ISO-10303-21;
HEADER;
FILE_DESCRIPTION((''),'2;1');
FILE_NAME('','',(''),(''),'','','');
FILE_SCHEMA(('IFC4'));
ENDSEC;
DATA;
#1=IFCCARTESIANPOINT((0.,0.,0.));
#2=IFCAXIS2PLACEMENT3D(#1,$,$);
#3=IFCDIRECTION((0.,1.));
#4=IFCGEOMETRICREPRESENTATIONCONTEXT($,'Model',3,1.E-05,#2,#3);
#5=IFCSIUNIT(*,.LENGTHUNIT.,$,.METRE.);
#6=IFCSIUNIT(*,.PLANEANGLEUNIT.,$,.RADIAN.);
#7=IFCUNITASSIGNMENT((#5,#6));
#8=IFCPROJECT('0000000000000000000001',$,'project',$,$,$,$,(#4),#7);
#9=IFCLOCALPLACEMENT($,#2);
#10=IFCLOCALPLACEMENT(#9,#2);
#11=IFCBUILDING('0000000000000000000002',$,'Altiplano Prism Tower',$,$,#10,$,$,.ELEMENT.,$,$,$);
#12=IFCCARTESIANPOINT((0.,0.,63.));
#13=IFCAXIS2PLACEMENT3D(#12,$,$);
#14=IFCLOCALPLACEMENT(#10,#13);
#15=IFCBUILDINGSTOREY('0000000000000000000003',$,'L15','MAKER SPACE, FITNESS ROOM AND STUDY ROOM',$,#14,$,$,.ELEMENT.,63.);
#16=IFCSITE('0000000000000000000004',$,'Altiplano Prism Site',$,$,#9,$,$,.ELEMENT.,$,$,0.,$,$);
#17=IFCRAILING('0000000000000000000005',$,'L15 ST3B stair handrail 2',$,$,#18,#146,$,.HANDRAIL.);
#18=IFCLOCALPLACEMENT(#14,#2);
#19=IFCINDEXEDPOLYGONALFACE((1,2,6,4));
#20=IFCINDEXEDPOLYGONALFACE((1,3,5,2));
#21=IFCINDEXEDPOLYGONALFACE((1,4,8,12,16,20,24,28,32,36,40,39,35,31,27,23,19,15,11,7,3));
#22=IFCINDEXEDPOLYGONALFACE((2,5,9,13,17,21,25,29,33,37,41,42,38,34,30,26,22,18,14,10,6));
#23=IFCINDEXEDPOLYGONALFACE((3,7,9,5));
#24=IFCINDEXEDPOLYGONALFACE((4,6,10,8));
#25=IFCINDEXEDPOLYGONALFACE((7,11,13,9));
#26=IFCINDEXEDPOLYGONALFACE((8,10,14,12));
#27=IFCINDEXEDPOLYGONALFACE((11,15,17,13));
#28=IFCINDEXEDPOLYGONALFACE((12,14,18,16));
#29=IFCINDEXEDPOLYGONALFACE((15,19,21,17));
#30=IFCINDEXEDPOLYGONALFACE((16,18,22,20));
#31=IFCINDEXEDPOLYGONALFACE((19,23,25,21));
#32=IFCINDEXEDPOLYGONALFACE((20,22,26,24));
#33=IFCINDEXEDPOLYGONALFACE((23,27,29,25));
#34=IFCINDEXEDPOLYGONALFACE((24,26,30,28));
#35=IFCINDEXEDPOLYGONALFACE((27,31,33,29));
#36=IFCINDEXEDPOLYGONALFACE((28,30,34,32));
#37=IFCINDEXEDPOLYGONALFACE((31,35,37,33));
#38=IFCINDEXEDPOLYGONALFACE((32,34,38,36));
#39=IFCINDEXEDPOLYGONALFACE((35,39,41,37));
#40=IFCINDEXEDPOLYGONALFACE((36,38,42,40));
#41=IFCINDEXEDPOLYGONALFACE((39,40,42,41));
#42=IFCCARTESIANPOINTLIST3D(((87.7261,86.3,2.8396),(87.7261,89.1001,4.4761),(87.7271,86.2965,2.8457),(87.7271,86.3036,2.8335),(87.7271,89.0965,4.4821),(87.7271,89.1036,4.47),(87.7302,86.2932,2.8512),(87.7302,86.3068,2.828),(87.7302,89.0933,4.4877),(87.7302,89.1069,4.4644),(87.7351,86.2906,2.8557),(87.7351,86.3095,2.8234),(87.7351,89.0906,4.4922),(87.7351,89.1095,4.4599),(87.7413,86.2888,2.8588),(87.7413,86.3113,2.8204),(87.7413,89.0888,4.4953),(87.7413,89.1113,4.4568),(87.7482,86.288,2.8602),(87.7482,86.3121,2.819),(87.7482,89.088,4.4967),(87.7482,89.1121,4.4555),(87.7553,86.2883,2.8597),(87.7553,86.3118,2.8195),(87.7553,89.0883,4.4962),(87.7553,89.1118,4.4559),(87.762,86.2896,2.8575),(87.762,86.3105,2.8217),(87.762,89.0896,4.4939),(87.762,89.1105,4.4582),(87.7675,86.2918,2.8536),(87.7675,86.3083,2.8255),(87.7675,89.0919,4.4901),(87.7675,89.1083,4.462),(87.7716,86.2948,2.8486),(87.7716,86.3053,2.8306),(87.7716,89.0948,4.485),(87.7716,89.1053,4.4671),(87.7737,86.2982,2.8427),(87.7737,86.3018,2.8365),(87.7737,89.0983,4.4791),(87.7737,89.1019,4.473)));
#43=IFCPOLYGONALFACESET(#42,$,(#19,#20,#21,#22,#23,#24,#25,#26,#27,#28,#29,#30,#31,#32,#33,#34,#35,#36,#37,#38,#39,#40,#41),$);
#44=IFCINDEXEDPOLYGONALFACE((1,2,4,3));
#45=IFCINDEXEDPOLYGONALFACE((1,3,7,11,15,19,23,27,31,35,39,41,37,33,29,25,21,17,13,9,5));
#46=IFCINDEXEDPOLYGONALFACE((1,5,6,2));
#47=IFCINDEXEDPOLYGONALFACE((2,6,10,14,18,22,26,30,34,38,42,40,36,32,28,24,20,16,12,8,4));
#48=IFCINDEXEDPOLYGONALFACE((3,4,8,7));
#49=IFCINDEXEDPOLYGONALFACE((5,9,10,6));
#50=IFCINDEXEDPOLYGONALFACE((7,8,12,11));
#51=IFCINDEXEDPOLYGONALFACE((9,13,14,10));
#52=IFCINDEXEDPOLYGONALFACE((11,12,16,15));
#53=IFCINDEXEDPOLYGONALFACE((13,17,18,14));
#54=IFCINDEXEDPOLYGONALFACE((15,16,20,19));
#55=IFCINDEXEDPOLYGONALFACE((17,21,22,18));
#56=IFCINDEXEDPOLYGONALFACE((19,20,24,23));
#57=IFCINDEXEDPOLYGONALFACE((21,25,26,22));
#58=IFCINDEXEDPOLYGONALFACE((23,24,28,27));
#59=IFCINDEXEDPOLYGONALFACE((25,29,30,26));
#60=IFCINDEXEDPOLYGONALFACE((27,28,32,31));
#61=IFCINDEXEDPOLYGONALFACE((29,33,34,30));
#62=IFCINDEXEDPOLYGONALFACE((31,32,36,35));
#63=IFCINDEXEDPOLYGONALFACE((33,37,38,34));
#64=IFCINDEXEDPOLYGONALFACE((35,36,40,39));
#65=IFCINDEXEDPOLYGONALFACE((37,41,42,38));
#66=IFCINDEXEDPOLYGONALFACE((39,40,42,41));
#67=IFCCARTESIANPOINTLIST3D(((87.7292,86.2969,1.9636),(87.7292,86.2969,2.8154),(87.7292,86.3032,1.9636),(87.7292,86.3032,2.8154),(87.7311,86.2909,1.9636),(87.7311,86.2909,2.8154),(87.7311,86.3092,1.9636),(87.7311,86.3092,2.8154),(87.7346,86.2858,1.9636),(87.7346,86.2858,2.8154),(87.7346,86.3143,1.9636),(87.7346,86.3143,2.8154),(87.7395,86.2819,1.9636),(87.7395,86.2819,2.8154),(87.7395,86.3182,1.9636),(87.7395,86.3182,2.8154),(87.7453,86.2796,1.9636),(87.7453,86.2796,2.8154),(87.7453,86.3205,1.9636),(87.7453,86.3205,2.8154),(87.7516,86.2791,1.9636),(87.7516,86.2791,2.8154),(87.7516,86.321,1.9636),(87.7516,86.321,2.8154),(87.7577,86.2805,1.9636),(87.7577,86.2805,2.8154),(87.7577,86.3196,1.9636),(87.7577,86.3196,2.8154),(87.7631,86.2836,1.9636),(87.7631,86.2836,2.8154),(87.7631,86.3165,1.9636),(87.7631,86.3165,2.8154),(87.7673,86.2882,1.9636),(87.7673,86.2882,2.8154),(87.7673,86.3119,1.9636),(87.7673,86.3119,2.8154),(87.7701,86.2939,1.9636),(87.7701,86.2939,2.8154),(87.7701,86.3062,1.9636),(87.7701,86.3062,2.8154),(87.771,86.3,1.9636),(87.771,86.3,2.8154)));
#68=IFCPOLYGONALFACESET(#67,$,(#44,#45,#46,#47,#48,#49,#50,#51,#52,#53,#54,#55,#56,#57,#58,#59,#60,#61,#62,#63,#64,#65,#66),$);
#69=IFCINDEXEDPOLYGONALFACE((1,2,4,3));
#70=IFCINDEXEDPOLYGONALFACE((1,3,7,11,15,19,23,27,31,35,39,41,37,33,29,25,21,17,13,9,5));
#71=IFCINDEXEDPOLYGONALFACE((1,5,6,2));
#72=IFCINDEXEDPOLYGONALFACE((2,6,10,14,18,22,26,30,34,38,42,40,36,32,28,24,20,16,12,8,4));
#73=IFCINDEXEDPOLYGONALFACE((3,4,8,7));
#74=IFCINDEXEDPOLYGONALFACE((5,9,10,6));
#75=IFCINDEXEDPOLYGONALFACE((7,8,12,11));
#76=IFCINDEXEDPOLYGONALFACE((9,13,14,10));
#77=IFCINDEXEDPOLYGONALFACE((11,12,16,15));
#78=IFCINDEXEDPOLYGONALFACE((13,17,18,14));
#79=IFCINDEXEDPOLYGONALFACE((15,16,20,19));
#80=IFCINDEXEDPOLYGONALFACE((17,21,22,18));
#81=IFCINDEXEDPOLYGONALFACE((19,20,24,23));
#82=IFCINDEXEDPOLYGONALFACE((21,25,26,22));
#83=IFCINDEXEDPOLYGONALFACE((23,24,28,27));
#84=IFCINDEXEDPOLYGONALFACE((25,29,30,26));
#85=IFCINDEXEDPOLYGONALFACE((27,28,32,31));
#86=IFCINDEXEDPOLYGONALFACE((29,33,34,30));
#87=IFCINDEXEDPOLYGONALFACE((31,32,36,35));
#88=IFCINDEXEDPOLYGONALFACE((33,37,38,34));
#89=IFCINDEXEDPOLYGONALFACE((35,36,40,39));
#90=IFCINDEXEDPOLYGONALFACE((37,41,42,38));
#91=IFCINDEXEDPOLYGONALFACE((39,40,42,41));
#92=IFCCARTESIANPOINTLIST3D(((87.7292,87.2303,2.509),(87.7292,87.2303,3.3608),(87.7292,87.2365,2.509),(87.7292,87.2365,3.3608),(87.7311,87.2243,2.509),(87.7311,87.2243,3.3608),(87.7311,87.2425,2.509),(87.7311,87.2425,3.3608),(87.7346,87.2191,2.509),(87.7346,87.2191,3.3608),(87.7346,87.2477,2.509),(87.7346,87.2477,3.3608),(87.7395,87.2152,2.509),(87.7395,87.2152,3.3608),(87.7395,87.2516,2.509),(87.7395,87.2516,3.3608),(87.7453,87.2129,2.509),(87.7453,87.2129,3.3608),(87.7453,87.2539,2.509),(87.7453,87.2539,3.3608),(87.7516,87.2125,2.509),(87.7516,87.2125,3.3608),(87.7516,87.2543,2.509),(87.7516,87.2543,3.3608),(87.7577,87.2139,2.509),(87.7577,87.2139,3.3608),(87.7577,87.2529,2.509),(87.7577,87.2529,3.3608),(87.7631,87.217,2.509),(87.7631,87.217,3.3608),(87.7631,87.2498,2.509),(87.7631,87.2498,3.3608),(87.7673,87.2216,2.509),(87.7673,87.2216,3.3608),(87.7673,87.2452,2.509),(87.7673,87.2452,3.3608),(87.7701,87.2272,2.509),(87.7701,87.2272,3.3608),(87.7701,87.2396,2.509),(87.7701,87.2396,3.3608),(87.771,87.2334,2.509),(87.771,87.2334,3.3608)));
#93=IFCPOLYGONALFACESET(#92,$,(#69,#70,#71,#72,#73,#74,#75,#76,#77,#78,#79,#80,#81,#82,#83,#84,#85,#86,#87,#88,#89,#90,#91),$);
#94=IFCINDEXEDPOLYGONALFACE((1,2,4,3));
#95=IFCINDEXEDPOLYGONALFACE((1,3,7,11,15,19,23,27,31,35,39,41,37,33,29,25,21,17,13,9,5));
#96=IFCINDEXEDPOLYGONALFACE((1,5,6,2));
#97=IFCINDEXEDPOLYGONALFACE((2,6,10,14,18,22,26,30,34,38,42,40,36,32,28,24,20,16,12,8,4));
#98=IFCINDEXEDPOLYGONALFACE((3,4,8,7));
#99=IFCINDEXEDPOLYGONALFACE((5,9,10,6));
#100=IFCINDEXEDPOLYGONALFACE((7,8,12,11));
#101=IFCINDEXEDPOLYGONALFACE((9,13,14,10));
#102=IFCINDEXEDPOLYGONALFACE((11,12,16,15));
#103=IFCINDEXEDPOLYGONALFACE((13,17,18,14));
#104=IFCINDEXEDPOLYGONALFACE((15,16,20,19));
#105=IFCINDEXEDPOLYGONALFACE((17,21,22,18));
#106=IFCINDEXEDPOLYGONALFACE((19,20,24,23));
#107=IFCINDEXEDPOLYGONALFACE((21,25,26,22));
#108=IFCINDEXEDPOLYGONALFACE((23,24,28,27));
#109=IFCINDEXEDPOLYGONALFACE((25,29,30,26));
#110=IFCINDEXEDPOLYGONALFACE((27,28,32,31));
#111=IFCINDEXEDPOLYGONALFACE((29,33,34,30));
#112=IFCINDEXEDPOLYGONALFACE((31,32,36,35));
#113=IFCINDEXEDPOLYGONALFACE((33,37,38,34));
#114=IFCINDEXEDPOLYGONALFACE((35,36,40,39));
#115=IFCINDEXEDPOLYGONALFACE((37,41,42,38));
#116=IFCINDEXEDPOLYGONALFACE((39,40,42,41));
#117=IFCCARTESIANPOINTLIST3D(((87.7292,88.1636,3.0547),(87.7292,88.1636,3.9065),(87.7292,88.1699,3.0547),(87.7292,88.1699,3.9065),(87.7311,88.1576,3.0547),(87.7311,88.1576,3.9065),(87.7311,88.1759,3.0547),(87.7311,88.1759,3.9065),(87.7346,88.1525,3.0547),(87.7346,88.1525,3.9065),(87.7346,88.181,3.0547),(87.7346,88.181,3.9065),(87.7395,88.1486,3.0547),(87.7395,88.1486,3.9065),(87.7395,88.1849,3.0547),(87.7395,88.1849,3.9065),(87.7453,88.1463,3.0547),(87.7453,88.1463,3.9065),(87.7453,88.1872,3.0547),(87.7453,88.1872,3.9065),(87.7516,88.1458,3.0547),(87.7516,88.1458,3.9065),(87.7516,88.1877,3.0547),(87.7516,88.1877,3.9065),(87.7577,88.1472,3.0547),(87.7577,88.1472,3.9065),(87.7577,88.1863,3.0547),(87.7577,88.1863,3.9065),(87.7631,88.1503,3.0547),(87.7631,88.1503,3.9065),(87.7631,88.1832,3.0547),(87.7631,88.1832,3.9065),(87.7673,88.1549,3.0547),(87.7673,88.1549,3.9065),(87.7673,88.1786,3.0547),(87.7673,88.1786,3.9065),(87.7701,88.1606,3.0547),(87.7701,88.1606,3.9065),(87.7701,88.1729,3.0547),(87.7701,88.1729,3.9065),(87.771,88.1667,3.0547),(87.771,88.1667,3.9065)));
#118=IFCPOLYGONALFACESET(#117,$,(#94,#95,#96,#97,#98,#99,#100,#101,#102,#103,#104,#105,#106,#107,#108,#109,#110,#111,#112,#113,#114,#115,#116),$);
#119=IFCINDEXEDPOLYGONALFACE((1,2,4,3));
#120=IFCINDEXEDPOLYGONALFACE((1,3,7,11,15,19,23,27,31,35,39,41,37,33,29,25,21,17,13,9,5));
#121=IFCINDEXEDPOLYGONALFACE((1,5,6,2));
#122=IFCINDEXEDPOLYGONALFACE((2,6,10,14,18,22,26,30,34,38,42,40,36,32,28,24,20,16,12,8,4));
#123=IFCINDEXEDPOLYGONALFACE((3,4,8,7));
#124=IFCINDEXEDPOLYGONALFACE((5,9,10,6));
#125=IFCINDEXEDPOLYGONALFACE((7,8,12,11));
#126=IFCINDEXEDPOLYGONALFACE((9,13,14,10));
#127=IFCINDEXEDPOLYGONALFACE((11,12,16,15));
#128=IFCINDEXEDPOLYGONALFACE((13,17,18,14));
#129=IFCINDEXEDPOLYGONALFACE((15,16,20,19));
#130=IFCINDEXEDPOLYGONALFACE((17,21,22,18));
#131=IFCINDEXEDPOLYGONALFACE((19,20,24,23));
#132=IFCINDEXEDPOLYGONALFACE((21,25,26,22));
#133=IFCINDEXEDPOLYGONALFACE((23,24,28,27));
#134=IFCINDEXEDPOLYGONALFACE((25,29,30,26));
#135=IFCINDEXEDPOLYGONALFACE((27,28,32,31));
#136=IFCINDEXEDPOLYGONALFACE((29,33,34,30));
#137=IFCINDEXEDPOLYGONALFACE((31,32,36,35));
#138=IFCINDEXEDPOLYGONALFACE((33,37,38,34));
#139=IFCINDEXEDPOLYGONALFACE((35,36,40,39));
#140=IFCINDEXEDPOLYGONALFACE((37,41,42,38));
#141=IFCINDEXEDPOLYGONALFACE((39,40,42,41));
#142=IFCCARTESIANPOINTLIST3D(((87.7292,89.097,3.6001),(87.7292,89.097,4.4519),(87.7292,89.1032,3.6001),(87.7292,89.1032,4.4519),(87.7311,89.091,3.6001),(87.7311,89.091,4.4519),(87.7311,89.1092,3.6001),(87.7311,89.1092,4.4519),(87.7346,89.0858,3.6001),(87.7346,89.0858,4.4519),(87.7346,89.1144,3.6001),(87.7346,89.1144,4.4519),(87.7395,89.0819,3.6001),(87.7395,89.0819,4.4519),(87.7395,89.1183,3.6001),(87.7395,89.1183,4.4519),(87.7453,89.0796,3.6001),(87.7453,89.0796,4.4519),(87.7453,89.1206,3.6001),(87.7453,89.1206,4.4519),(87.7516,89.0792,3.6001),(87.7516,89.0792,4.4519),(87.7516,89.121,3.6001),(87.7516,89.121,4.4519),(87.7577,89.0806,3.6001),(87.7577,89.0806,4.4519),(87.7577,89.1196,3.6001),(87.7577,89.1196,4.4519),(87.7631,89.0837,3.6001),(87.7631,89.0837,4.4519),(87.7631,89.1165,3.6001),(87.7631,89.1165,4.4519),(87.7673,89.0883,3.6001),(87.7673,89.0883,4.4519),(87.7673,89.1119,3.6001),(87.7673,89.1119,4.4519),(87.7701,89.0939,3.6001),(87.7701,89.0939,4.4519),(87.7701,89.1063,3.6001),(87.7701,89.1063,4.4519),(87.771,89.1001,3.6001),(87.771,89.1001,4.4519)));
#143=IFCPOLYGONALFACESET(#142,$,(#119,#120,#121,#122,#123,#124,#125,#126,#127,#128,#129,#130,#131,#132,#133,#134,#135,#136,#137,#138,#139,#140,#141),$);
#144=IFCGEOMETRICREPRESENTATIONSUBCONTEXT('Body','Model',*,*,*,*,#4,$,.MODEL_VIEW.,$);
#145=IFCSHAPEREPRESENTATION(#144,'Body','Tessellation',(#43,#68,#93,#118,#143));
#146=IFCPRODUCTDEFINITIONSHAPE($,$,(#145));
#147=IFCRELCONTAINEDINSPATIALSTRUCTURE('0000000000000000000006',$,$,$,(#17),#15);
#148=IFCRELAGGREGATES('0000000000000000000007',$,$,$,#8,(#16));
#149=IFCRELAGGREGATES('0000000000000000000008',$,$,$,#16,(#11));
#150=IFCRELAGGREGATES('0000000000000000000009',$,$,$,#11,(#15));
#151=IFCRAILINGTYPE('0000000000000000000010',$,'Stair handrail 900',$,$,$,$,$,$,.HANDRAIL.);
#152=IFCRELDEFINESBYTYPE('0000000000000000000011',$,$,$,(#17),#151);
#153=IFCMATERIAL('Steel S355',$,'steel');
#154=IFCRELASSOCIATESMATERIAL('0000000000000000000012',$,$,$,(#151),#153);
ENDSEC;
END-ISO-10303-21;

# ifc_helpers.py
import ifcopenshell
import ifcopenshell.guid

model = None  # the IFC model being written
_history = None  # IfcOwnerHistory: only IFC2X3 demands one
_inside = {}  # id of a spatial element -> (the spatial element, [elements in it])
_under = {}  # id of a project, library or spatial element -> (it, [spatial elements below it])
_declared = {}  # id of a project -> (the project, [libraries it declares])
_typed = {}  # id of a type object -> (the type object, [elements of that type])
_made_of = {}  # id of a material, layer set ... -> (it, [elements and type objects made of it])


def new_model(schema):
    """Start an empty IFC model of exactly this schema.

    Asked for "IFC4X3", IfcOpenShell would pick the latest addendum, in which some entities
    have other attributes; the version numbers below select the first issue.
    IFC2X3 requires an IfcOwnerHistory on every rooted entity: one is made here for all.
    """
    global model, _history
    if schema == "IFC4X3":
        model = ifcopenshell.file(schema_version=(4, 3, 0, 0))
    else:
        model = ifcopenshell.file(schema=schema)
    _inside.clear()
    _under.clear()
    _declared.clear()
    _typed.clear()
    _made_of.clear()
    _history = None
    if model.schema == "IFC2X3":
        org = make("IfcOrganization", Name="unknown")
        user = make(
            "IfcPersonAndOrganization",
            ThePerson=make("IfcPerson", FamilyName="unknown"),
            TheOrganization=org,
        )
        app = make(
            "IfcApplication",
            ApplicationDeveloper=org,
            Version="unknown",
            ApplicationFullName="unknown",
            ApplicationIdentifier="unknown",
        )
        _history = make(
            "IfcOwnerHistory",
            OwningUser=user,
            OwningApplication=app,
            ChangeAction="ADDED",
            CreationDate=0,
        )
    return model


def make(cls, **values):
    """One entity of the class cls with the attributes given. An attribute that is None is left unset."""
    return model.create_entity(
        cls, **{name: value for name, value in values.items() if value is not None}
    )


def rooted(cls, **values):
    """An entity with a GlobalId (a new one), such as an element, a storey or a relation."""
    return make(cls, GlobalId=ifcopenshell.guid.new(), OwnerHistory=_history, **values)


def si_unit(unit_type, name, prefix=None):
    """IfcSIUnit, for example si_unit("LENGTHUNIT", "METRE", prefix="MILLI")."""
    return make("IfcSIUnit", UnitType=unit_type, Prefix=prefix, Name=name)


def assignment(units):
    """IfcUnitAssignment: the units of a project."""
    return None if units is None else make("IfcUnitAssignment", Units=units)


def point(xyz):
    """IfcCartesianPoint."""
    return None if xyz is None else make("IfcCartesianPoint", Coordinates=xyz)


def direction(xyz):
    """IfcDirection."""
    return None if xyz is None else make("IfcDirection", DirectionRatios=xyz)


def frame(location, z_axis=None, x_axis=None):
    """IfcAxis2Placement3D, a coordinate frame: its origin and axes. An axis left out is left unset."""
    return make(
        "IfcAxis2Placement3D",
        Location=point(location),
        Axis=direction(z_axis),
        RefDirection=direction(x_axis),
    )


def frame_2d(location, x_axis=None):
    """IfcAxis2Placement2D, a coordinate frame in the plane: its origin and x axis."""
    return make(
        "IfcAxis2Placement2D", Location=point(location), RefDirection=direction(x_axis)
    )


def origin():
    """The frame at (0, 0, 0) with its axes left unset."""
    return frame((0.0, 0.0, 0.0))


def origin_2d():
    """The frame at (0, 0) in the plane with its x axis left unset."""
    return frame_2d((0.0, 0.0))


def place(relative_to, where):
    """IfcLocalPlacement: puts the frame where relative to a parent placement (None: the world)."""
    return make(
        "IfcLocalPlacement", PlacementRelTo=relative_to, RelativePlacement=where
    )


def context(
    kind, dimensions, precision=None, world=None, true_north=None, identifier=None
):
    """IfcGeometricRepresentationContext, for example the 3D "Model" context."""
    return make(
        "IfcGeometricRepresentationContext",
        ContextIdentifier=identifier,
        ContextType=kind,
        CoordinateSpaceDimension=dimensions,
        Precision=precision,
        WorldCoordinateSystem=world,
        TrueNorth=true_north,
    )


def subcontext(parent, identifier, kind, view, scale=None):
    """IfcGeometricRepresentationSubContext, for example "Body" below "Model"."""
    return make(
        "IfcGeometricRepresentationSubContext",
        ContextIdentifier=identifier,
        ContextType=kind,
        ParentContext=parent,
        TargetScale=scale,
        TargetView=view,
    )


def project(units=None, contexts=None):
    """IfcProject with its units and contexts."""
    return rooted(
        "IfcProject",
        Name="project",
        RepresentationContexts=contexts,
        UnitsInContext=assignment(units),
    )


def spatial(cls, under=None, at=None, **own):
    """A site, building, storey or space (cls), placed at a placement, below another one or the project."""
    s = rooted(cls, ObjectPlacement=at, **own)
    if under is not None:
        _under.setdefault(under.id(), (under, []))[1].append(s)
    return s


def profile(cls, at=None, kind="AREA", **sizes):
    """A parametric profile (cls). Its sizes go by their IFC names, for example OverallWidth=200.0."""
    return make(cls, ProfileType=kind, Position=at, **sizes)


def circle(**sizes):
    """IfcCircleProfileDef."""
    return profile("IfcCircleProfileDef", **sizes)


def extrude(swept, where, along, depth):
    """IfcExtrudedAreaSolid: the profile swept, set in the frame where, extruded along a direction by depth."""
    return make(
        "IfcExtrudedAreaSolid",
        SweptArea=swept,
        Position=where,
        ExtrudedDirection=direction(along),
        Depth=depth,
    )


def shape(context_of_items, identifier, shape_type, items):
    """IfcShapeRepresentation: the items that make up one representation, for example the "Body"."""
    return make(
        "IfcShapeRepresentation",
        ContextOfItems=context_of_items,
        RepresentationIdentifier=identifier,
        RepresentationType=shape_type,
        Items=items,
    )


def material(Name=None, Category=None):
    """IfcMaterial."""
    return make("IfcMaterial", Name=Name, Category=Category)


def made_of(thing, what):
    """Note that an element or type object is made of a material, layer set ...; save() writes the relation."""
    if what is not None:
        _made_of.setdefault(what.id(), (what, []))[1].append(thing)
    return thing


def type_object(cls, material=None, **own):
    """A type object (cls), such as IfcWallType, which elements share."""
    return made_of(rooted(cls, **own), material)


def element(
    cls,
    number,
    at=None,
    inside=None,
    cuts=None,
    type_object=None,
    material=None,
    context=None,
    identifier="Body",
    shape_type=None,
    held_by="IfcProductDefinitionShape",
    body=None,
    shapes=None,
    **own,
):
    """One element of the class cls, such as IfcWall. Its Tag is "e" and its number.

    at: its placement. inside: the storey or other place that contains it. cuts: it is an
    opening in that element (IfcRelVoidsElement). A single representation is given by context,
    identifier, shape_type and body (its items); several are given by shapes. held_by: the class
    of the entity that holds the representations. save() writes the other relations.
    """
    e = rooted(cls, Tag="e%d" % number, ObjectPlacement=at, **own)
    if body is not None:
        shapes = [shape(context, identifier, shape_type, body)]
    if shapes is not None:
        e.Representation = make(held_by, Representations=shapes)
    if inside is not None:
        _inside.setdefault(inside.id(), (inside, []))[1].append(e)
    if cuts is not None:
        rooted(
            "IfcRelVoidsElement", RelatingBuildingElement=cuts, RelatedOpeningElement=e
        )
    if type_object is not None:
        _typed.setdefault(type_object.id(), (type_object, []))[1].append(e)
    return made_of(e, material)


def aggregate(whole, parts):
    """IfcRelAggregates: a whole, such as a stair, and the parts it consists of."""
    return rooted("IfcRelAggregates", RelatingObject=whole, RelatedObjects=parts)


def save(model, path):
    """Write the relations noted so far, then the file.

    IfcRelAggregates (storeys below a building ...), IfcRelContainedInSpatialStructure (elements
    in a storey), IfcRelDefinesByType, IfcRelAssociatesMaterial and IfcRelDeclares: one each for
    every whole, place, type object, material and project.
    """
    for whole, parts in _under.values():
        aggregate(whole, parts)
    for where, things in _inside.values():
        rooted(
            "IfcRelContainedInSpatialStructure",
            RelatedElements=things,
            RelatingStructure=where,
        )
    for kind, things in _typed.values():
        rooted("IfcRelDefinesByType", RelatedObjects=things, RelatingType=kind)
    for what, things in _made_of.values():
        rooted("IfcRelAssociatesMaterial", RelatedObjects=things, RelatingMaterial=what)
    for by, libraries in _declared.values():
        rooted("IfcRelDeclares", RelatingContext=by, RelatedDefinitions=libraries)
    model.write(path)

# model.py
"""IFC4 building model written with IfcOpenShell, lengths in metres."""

from ifc_helpers import new_model, si_unit, direction, frame, origin, origin_2d, place, context, subcontext, project, spatial, circle, extrude, material, type_object, element, save


model = new_model("IFC4")

# Units and contexts
model_context = context("Model", 3, precision=1e-05, world=origin(), true_north=direction((0.0, 1.0)))
body_context = subcontext(model_context, "Body", "Model", "MODEL_VIEW")
ifc_project = project(units=[si_unit("LENGTHUNIT", "METRE"), si_unit("PLANEANGLEUNIT", "RADIAN")], contexts=[model_context])

# Site, building, storey
site_placement = place(None, origin())
site = spatial("IfcSite", under=ifc_project, at=site_placement, Name="Altiplano Prism Site", CompositionType="ELEMENT", RefElevation=0.0)
building_placement = place(site_placement, origin())
building = spatial("IfcBuilding", under=site, at=building_placement, Name="Altiplano Prism Tower", CompositionType="ELEMENT")
storey_placement = place(building_placement, frame((0.0, 0.0, 63.0)))
storey = spatial("IfcBuildingStorey", under=building, at=storey_placement, Name="L15", Description="MAKER SPACE, FITNESS ROOM AND STUDY ROOM", CompositionType="ELEMENT", Elevation=63.0)

# Railing
ifc_material_1 = material(Name="Steel S355", Category="steel")
railing_type = type_object("IfcRailingType", Name="Stair handrail 900", PredefinedType="HANDRAIL", material=ifc_material_1)
for number, where, name in (
    (1, (87.75, 86.3, 1.9636), "L15 ST3B stair handrail 2"),
):
    element("IfcRailing", number, at=place(storey_placement, frame(where)), inside=storey, type_object=railing_type, Name=name, PredefinedType="HANDRAIL", context=body_context, shape_type="SweptSolid", body=[
        extrude(circle(Radius=0.0239, at=origin_2d()), frame((0.0, 0.0, 0.876), z_axis=(0.0, 0.863361, 0.504587), x_axis=(-1.0, 0.0, 0.0)), (0.0, 0.0, 1.0), 3.2432),
        extrude(circle(Radius=0.021, at=origin_2d()), origin(), (0.0, 0.0, 1.0), 0.8518),
        extrude(circle(Radius=0.021, at=origin_2d()), frame((0.0, 0.9333, 0.5454)), (0.0, 0.0, 1.0), 0.8518),
        extrude(circle(Radius=0.021, at=origin_2d()), frame((0.0, 1.8667, 1.0911)), (0.0, 0.0, 1.0), 0.8518),
        extrude(circle(Radius=0.021, at=origin_2d()), frame((0.0, 2.8, 1.6365)), (0.0, 0.0, 1.0), 0.8518),
    ])

save(model, "model.ifc")
